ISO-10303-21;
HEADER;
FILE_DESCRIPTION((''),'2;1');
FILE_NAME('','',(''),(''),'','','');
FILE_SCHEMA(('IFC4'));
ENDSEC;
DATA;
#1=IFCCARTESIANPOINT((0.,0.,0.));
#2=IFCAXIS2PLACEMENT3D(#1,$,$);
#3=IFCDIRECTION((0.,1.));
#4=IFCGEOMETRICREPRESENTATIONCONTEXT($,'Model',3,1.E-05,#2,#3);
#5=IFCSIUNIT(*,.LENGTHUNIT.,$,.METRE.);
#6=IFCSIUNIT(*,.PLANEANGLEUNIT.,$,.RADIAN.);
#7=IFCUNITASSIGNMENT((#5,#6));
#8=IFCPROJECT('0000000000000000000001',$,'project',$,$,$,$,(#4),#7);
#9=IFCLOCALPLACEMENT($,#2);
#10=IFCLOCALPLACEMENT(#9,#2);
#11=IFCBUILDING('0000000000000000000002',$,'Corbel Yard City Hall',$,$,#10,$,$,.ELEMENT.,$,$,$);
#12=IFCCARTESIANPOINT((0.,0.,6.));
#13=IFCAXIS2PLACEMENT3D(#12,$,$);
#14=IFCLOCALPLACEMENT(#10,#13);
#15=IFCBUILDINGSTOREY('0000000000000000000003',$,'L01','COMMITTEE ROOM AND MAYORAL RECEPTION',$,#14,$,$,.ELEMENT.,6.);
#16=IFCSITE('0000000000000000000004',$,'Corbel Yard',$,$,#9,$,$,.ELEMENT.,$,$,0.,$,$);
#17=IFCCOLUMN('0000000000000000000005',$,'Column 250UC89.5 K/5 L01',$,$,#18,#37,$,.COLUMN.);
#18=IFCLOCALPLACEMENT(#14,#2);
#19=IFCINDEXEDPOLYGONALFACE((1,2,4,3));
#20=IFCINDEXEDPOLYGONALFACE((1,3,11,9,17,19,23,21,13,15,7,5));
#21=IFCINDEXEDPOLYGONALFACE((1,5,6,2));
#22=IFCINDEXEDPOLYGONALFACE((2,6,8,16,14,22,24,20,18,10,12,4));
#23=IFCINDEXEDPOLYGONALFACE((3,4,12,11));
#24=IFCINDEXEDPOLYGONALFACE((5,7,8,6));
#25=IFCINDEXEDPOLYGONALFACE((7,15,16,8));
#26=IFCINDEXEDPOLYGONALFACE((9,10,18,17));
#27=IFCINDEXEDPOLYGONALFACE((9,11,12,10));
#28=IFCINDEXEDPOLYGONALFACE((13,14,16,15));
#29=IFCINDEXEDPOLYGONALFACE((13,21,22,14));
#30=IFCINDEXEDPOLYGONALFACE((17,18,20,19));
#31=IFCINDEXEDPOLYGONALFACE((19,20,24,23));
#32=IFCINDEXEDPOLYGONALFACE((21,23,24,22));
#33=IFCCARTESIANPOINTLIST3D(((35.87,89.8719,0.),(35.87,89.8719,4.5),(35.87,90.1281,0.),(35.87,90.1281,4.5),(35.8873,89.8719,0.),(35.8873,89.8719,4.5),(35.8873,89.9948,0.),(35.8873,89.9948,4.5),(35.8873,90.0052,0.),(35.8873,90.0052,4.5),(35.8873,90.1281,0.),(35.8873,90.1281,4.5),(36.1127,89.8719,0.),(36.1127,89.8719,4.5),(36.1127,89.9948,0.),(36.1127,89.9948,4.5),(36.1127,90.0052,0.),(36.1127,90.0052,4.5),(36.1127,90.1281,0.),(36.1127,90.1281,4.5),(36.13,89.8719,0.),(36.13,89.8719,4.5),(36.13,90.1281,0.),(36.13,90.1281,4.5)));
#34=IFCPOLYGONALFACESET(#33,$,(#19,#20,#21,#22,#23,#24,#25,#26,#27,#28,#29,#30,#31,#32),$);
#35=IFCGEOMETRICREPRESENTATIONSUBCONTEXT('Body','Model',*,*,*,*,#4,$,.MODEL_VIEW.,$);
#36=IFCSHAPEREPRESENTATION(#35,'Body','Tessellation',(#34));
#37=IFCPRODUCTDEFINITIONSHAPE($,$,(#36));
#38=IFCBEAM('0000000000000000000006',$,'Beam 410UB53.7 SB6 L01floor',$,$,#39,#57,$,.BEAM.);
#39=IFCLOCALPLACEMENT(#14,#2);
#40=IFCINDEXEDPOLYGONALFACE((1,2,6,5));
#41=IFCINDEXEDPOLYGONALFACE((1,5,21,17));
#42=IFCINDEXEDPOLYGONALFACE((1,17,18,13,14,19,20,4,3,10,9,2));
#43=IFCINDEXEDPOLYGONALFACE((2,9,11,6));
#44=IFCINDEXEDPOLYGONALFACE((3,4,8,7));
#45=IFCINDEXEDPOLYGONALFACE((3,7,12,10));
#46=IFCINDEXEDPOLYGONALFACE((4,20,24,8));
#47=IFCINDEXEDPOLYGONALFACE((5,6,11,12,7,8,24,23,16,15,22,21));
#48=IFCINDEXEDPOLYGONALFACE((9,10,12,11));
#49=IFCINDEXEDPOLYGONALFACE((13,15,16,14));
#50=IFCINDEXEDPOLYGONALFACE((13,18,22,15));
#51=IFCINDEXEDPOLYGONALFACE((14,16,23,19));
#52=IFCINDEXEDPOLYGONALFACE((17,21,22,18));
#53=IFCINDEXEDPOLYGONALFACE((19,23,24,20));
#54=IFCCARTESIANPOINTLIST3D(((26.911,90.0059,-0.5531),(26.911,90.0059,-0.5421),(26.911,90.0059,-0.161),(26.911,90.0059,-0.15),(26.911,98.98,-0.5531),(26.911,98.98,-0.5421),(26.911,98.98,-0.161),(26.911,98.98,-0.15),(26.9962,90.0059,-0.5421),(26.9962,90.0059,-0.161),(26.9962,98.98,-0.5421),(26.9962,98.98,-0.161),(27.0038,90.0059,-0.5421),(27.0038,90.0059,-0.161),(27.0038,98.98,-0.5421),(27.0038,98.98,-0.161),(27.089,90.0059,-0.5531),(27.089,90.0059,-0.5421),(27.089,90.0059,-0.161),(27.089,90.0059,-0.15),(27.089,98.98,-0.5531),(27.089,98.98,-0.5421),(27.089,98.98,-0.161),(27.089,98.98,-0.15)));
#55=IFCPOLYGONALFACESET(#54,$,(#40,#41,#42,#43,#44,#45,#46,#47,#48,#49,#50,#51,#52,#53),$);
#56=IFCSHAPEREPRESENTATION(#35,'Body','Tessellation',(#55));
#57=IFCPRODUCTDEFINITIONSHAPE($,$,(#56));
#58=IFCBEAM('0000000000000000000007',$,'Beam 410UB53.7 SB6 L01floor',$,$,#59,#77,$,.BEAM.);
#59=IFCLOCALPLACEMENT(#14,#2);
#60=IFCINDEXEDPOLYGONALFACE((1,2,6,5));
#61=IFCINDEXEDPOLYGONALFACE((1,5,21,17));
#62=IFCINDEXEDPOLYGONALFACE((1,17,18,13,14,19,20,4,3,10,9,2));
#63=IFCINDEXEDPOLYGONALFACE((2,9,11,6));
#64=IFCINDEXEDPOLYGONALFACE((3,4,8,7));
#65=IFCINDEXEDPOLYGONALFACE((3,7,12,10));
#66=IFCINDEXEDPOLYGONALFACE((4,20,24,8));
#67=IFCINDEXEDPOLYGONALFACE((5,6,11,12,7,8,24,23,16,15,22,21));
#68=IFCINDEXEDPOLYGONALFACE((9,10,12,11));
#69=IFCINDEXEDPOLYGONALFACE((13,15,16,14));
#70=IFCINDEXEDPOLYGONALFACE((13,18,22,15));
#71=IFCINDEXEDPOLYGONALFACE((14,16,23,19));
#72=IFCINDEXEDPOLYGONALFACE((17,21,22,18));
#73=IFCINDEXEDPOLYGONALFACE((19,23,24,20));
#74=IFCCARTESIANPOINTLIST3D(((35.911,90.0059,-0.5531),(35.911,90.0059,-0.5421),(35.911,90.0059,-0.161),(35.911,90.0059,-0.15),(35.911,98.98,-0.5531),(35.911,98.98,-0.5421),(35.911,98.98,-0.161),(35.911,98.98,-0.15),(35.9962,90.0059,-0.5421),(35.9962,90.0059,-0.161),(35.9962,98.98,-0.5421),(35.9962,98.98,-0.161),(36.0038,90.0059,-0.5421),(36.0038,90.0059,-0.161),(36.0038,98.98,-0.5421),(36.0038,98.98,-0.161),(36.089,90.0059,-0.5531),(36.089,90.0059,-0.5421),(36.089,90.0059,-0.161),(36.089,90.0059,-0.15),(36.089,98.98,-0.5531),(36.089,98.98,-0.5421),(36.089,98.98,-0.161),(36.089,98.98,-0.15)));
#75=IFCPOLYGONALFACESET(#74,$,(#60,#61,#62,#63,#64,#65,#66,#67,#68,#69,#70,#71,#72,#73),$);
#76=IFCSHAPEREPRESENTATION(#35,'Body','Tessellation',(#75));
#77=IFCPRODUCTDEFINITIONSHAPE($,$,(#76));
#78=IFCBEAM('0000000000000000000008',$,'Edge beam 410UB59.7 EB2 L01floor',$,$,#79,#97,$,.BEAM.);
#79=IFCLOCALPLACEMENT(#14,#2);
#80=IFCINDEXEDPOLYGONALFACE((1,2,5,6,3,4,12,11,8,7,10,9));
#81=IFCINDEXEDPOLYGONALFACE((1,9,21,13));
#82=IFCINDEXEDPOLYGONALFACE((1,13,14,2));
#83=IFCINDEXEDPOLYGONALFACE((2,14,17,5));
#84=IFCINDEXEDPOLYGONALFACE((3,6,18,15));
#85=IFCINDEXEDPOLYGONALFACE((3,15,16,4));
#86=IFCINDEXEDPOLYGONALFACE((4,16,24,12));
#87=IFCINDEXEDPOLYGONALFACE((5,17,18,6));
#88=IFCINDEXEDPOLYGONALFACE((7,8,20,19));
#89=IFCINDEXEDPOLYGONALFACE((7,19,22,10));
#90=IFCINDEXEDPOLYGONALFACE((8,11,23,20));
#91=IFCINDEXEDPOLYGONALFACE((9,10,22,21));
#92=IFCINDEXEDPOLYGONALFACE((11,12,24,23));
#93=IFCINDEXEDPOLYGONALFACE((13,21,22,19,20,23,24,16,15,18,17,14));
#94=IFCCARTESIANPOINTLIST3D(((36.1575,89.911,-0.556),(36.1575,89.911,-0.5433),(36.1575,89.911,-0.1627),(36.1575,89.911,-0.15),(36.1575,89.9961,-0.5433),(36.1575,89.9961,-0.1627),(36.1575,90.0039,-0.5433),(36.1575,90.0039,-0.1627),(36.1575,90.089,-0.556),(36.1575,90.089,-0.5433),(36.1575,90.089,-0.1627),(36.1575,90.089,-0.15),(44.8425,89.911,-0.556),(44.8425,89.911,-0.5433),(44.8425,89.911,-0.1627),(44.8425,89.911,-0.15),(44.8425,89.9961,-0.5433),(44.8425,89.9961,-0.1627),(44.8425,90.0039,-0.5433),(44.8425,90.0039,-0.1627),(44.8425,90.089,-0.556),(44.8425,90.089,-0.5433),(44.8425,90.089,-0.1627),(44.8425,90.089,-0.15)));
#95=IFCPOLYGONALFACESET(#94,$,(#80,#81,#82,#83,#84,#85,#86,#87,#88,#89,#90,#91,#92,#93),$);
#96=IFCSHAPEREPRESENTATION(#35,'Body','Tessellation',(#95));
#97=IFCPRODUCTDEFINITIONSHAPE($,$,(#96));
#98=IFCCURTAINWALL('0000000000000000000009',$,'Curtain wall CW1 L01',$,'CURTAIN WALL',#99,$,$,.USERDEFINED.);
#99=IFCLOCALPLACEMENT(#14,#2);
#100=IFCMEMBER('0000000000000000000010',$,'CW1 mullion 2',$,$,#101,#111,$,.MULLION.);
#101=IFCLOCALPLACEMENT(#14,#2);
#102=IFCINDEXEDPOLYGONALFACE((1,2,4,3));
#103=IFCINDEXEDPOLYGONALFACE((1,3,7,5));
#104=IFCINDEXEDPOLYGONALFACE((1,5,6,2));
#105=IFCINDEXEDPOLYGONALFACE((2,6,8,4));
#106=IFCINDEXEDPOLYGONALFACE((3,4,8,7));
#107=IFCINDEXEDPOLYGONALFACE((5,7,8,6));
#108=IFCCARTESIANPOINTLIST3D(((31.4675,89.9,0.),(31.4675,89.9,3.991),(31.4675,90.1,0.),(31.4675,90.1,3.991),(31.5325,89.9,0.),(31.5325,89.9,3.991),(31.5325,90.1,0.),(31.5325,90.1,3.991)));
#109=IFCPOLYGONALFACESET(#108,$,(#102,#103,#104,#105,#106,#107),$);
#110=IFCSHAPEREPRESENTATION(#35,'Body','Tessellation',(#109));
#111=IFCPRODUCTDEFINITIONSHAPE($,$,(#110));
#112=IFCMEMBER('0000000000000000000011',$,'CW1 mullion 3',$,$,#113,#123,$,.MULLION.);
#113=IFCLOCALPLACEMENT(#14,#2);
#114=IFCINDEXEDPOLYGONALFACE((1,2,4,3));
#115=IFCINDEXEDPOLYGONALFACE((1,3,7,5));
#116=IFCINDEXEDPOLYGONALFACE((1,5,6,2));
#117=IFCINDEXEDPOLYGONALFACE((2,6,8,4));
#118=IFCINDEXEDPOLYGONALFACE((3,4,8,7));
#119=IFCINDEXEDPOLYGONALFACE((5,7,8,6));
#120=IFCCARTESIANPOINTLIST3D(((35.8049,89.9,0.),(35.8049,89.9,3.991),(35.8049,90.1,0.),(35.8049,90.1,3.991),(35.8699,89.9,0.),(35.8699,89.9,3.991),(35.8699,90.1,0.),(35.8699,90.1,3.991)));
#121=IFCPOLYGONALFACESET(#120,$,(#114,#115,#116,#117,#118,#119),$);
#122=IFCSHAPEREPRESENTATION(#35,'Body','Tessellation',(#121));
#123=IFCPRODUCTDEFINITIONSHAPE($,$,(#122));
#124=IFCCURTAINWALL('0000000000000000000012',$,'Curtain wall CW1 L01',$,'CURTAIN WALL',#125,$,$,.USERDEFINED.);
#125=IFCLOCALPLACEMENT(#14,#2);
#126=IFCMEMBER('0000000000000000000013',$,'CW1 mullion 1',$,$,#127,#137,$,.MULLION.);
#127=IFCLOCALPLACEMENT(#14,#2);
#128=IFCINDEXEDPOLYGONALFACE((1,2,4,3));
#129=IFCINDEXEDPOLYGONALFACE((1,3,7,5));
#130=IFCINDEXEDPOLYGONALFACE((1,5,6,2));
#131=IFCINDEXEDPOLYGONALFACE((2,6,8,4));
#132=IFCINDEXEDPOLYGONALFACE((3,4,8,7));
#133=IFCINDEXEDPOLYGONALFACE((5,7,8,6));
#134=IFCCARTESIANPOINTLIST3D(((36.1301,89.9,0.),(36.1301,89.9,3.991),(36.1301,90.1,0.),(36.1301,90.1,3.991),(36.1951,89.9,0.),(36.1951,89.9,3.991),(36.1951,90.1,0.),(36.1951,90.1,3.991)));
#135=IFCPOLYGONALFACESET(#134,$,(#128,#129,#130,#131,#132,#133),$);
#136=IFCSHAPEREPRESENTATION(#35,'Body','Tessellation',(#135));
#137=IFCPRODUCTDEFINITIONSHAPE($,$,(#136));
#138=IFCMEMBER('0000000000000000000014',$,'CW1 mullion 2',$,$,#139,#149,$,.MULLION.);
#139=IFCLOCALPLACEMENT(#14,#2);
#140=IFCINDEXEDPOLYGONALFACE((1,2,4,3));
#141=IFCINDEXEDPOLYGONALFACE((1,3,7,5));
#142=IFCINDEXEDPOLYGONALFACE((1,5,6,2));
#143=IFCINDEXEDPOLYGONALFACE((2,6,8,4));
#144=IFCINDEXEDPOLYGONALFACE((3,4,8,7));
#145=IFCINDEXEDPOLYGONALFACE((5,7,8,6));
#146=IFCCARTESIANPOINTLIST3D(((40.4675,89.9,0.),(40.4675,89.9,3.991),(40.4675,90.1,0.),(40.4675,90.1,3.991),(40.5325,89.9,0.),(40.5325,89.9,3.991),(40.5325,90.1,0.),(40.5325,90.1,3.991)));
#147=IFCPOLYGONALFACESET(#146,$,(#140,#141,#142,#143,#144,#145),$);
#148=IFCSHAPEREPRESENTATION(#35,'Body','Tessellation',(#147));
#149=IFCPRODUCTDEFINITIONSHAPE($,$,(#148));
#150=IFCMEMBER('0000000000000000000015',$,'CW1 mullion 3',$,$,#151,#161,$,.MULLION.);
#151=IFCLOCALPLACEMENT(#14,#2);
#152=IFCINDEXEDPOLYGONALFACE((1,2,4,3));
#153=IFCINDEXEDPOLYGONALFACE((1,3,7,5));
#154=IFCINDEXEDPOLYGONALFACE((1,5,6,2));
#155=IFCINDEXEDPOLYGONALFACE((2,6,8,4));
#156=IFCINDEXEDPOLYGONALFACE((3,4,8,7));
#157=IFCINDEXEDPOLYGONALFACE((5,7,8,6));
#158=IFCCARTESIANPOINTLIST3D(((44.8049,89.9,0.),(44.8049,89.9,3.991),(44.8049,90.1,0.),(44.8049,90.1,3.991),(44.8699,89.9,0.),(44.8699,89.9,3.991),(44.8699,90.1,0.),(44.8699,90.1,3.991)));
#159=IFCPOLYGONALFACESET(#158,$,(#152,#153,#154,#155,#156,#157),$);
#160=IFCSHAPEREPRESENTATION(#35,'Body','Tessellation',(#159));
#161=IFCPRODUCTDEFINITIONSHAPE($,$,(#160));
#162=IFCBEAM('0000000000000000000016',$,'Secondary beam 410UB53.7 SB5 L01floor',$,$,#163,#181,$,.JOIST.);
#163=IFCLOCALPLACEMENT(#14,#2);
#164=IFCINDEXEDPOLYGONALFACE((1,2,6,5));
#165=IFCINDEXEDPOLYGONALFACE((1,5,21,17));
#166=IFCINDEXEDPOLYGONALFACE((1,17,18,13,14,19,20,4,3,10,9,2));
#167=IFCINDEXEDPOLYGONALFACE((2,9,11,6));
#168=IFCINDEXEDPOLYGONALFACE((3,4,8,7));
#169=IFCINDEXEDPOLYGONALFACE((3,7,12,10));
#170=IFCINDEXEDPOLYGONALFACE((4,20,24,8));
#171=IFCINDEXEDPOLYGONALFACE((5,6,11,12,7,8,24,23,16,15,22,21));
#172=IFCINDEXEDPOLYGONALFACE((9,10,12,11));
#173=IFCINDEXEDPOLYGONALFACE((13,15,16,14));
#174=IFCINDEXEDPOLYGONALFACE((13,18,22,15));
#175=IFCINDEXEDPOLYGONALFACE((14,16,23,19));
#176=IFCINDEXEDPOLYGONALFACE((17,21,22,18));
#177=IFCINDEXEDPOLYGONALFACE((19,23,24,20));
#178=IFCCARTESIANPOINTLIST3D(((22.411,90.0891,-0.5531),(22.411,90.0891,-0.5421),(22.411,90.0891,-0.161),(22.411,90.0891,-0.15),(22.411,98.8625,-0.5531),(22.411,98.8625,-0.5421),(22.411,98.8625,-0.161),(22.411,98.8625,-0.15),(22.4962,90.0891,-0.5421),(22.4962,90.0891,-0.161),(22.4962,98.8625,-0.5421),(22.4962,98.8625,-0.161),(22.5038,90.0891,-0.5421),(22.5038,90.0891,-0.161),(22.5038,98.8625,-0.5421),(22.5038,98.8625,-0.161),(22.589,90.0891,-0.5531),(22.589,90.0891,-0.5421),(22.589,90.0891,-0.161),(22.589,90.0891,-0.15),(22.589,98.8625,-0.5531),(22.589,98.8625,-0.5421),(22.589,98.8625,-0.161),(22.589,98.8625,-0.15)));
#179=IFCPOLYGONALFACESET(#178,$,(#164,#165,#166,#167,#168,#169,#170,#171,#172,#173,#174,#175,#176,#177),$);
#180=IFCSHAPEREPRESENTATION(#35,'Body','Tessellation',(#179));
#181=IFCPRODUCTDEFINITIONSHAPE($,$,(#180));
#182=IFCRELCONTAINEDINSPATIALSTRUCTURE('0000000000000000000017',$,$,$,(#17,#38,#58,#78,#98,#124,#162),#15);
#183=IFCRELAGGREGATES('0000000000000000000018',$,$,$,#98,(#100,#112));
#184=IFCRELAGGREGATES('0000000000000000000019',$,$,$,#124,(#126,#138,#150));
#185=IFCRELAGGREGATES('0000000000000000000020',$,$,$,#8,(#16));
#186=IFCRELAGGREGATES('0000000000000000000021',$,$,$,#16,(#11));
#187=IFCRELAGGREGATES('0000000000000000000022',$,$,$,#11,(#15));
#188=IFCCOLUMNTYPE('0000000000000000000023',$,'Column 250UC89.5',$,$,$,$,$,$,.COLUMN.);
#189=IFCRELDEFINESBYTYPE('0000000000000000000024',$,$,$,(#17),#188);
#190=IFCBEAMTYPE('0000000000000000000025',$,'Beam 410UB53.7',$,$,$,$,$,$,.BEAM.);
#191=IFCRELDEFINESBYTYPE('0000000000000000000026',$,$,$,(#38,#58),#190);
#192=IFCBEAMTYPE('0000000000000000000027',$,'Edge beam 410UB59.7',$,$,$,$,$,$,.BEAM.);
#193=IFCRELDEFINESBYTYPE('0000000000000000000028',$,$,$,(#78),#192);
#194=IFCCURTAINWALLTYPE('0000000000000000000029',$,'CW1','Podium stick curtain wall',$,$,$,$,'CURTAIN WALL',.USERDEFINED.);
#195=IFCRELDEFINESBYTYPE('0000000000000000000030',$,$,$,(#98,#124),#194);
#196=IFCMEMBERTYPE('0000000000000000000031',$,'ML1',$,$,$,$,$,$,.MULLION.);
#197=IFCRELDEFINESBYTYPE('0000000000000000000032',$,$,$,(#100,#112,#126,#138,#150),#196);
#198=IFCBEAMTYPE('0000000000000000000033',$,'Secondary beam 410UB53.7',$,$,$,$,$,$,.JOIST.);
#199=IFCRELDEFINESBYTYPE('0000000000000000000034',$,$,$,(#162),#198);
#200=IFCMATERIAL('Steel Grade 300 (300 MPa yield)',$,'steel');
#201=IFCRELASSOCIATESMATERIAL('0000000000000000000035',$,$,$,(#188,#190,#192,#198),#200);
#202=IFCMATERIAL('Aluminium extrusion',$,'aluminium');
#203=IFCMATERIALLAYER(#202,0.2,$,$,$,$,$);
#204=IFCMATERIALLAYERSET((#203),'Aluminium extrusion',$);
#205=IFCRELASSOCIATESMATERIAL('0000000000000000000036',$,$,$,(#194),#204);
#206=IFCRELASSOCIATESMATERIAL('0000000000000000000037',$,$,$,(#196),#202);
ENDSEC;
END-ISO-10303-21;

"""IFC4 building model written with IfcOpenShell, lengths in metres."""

from ifc_helpers import new_model, si_unit, direction, frame, origin, origin_2d, place, context, subcontext, project, spatial, rectangle, i_section, extrude, material, layer, layer_set, material_profile, profile_set, type_object, element, aggregate, save


model = new_model("IFC4")

# Units and contexts
model_context = context("Model", 3, precision=1e-05, world=origin(), true_north=direction((0.0, 1.0)))
body_context = subcontext(model_context, "Body", "Model", "MODEL_VIEW")
ifc_project = project(units=[si_unit("LENGTHUNIT", "METRE"), si_unit("PLANEANGLEUNIT", "RADIAN")], contexts=[model_context])

# Site, building, storey
site_placement = place(None, origin())
site = spatial("IfcSite", under=ifc_project, at=site_placement, Name="Corbel Yard", CompositionType="ELEMENT", RefElevation=0.0)
building_placement = place(site_placement, origin())
building = spatial("IfcBuilding", under=site, at=building_placement, Name="Corbel Yard City Hall", CompositionType="ELEMENT")
storey_placement = place(building_placement, frame((0.0, 0.0, 6.0)))
storey = spatial("IfcBuildingStorey", under=building, at=storey_placement, Name="L01", Description="COMMITTEE ROOM AND MAYORAL RECEPTION", CompositionType="ELEMENT", Elevation=6.0)

# Column
ifc_material_1 = material(Name="Steel Grade 300 (300 MPa yield)", Category="steel")
ifc_material_profile_1 = material_profile(ifc_material_1, i_section(OverallWidth=0.2561, OverallDepth=0.26, WebThickness=0.0105, FlangeThickness=0.0173, at=origin_2d()), Name="250UC89.5")
ifc_profile_set_1 = profile_set([ifc_material_profile_1], Name="Steel Grade 300 (300 MPa yield)")
column_type = type_object("IfcColumnType", Name="Column 250UC89.5", PredefinedType="COLUMN", material=ifc_profile_set_1)
column_placement = place(storey_placement, frame((36.0, 90.0, 0.0), z_axis=(0.0, 0.0, 1.0), x_axis=(0.0, 1.0, 0.0)))
element("IfcColumn", 1, at=column_placement, inside=storey, type_object=column_type, Name="Column 250UC89.5 K/5 L01", PredefinedType="COLUMN", context=body_context, shape_type="SweptSolid", body=[
    extrude(i_section(OverallWidth=0.2561, OverallDepth=0.26, WebThickness=0.0105, FlangeThickness=0.0173, at=origin_2d()), origin(), (0.0, 0.0, 1.0), 4.5),
])

# Beams
ifc_material_profile_2 = material_profile(ifc_material_1, i_section(OverallWidth=0.178, OverallDepth=0.4031, WebThickness=0.0076, FlangeThickness=0.011, at=origin_2d()), Name="410UB53.7")
ifc_profile_set_2 = profile_set([ifc_material_profile_2], Name="Steel Grade 300 (300 MPa yield)")
beam_type_1 = type_object("IfcBeamType", Name="Beam 410UB53.7", PredefinedType="BEAM", material=ifc_profile_set_2)
for number, where, z_axis, x_axis, name in (
    (2, (27.0, 90.0059, -0.3516), (0.0, 1.0, 0.0), (-1.0, 0.0, 0.0), "Beam 410UB53.7 SB6 L01floor"),
    (3, (36.0, 90.0059, -0.3516), (0.0, 1.0, 0.0), (-1.0, 0.0, 0.0), "Beam 410UB53.7 SB6 L01floor"),
):
    element("IfcBeam", number, at=place(storey_placement, frame(where, z_axis=z_axis, x_axis=x_axis)), inside=storey, type_object=beam_type_1, Name=name, PredefinedType="BEAM", context=body_context, shape_type="SweptSolid", body=[
        extrude(i_section(OverallWidth=0.178, OverallDepth=0.4031, WebThickness=0.0076, FlangeThickness=0.011, at=origin_2d()), origin(), (0.0, 0.0, 1.0), 8.9741),
    ])
ifc_material_profile_3 = material_profile(ifc_material_1, i_section(OverallWidth=0.178, OverallDepth=0.406, WebThickness=0.0078, FlangeThickness=0.0127, at=origin_2d()), Name="410UB59.7")
ifc_profile_set_3 = profile_set([ifc_material_profile_3], Name="Steel Grade 300 (300 MPa yield)")
beam_type_2 = type_object("IfcBeamType", Name="Edge beam 410UB59.7", PredefinedType="BEAM", material=ifc_profile_set_3)
beam_placement = place(storey_placement, frame((36.1575, 90.0, -0.353), z_axis=(1.0, 0.0, 0.0), x_axis=(0.0, 1.0, 0.0)))
element("IfcBeam", 4, at=beam_placement, inside=storey, type_object=beam_type_2, Name="Edge beam 410UB59.7 EB2 L01floor", PredefinedType="BEAM", context=body_context, shape_type="SweptSolid", body=[
    extrude(i_section(OverallWidth=0.178, OverallDepth=0.406, WebThickness=0.0078, FlangeThickness=0.0127, at=origin_2d()), origin(), (0.0, 0.0, 1.0), 8.6851),
])

# Curtain walls, members
ifc_material_2 = material(Name="Aluminium extrusion", Category="aluminium")
ifc_layer_1 = layer(ifc_material_2, 0.2)
ifc_layer_set_1 = layer_set([ifc_layer_1], Name="Aluminium extrusion")
curtain_wall_type = type_object("IfcCurtainWallType", Name="CW1", Description="Podium stick curtain wall", ElementType="CURTAIN WALL", PredefinedType="USERDEFINED", material=ifc_layer_set_1)
curtain_wall_1_placement = place(storey_placement, origin())
curtain_wall_1 = element("IfcCurtainWall", 5, at=curtain_wall_1_placement, inside=storey, type_object=curtain_wall_type, Name="Curtain wall CW1 L01", ObjectType="CURTAIN WALL", PredefinedType="USERDEFINED")
ifc_material_profile_4 = material_profile(ifc_material_2, rectangle(XDim=0.2, YDim=0.0649, at=origin_2d()), Name="200x65")
ifc_profile_set_4 = profile_set([ifc_material_profile_4], Name="Aluminium extrusion")
member_type_1 = type_object("IfcMemberType", Name="ML1", PredefinedType="MULLION", material=ifc_profile_set_4)
member_1_placement = place(storey_placement, frame((31.5, 90.0, 0.0), z_axis=(0.0, 0.0, 1.0), x_axis=(0.0, 1.0, 0.0)))
member_1 = element("IfcMember", 6, at=member_1_placement, type_object=member_type_1, Name="CW1 mullion 2", PredefinedType="MULLION", context=body_context, shape_type="SweptSolid", body=[
    extrude(rectangle(XDim=0.2, YDim=0.0649, at=origin_2d()), origin(), (0.0, 0.0, 1.0), 3.991),
])
member_2_placement = place(storey_placement, frame((35.8374, 90.0, 0.0), z_axis=(0.0, 0.0, 1.0), x_axis=(0.0, 1.0, 0.0)))
member_2 = element("IfcMember", 7, at=member_2_placement, type_object=member_type_1, Name="CW1 mullion 3", PredefinedType="MULLION", context=body_context, shape_type="SweptSolid", body=[
    extrude(rectangle(XDim=0.2, YDim=0.0649, at=origin_2d()), origin(), (0.0, 0.0, 1.0), 3.991),
])
curtain_wall_2_placement = place(storey_placement, origin())
curtain_wall_2 = element("IfcCurtainWall", 8, at=curtain_wall_2_placement, inside=storey, type_object=curtain_wall_type, Name="Curtain wall CW1 L01", ObjectType="CURTAIN WALL", PredefinedType="USERDEFINED")
member_3_placement = place(storey_placement, frame((36.1626, 90.0, 0.0), z_axis=(0.0, 0.0, 1.0), x_axis=(0.0, 1.0, 0.0)))
member_3 = element("IfcMember", 9, at=member_3_placement, type_object=member_type_1, Name="CW1 mullion 1", PredefinedType="MULLION", context=body_context, shape_type="SweptSolid", body=[
    extrude(rectangle(XDim=0.2, YDim=0.0649, at=origin_2d()), origin(), (0.0, 0.0, 1.0), 3.991),
])
member_4_placement = place(storey_placement, frame((40.5, 90.0, 0.0), z_axis=(0.0, 0.0, 1.0), x_axis=(0.0, 1.0, 0.0)))
member_4 = element("IfcMember", 10, at=member_4_placement, type_object=member_type_1, Name="CW1 mullion 2", PredefinedType="MULLION", context=body_context, shape_type="SweptSolid", body=[
    extrude(rectangle(XDim=0.2, YDim=0.0649, at=origin_2d()), origin(), (0.0, 0.0, 1.0), 3.991),
])
member_5_placement = place(storey_placement, frame((44.8374, 90.0, 0.0), z_axis=(0.0, 0.0, 1.0), x_axis=(0.0, 1.0, 0.0)))
member_5 = element("IfcMember", 11, at=member_5_placement, type_object=member_type_1, Name="CW1 mullion 3", PredefinedType="MULLION", context=body_context, shape_type="SweptSolid", body=[
    extrude(rectangle(XDim=0.2, YDim=0.0649, at=origin_2d()), origin(), (0.0, 0.0, 1.0), 3.991),
])

# Beam
ifc_material_profile_5 = material_profile(ifc_material_1, i_section(OverallWidth=0.178, OverallDepth=0.4031, WebThickness=0.0076, FlangeThickness=0.011, at=origin_2d()), Name="410UB53.7")
ifc_profile_set_5 = profile_set([ifc_material_profile_5], Name="Steel Grade 300 (300 MPa yield)")
beam_type_3 = type_object("IfcBeamType", Name="Secondary beam 410UB53.7", PredefinedType="JOIST", material=ifc_profile_set_5)
for number, where, z_axis, x_axis, name in (
    (12, (22.5, 90.0891, -0.3516), (0.0, 1.0, 0.0), (-1.0, 0.0, 0.0), "Secondary beam 410UB53.7 SB5 L01floor"),
):
    element("IfcBeam", number, at=place(storey_placement, frame(where, z_axis=z_axis, x_axis=x_axis)), inside=storey, type_object=beam_type_3, Name=name, PredefinedType="JOIST", context=body_context, shape_type="SweptSolid", body=[
        extrude(i_section(OverallWidth=0.178, OverallDepth=0.4031, WebThickness=0.0076, FlangeThickness=0.011, at=origin_2d()), origin(), (0.0, 0.0, 1.0), 8.7734),
    ])

aggregate(curtain_wall_1, [member_1, member_2])
aggregate(curtain_wall_2, [member_3, member_4, member_5])

save(model, "model.ifc")
